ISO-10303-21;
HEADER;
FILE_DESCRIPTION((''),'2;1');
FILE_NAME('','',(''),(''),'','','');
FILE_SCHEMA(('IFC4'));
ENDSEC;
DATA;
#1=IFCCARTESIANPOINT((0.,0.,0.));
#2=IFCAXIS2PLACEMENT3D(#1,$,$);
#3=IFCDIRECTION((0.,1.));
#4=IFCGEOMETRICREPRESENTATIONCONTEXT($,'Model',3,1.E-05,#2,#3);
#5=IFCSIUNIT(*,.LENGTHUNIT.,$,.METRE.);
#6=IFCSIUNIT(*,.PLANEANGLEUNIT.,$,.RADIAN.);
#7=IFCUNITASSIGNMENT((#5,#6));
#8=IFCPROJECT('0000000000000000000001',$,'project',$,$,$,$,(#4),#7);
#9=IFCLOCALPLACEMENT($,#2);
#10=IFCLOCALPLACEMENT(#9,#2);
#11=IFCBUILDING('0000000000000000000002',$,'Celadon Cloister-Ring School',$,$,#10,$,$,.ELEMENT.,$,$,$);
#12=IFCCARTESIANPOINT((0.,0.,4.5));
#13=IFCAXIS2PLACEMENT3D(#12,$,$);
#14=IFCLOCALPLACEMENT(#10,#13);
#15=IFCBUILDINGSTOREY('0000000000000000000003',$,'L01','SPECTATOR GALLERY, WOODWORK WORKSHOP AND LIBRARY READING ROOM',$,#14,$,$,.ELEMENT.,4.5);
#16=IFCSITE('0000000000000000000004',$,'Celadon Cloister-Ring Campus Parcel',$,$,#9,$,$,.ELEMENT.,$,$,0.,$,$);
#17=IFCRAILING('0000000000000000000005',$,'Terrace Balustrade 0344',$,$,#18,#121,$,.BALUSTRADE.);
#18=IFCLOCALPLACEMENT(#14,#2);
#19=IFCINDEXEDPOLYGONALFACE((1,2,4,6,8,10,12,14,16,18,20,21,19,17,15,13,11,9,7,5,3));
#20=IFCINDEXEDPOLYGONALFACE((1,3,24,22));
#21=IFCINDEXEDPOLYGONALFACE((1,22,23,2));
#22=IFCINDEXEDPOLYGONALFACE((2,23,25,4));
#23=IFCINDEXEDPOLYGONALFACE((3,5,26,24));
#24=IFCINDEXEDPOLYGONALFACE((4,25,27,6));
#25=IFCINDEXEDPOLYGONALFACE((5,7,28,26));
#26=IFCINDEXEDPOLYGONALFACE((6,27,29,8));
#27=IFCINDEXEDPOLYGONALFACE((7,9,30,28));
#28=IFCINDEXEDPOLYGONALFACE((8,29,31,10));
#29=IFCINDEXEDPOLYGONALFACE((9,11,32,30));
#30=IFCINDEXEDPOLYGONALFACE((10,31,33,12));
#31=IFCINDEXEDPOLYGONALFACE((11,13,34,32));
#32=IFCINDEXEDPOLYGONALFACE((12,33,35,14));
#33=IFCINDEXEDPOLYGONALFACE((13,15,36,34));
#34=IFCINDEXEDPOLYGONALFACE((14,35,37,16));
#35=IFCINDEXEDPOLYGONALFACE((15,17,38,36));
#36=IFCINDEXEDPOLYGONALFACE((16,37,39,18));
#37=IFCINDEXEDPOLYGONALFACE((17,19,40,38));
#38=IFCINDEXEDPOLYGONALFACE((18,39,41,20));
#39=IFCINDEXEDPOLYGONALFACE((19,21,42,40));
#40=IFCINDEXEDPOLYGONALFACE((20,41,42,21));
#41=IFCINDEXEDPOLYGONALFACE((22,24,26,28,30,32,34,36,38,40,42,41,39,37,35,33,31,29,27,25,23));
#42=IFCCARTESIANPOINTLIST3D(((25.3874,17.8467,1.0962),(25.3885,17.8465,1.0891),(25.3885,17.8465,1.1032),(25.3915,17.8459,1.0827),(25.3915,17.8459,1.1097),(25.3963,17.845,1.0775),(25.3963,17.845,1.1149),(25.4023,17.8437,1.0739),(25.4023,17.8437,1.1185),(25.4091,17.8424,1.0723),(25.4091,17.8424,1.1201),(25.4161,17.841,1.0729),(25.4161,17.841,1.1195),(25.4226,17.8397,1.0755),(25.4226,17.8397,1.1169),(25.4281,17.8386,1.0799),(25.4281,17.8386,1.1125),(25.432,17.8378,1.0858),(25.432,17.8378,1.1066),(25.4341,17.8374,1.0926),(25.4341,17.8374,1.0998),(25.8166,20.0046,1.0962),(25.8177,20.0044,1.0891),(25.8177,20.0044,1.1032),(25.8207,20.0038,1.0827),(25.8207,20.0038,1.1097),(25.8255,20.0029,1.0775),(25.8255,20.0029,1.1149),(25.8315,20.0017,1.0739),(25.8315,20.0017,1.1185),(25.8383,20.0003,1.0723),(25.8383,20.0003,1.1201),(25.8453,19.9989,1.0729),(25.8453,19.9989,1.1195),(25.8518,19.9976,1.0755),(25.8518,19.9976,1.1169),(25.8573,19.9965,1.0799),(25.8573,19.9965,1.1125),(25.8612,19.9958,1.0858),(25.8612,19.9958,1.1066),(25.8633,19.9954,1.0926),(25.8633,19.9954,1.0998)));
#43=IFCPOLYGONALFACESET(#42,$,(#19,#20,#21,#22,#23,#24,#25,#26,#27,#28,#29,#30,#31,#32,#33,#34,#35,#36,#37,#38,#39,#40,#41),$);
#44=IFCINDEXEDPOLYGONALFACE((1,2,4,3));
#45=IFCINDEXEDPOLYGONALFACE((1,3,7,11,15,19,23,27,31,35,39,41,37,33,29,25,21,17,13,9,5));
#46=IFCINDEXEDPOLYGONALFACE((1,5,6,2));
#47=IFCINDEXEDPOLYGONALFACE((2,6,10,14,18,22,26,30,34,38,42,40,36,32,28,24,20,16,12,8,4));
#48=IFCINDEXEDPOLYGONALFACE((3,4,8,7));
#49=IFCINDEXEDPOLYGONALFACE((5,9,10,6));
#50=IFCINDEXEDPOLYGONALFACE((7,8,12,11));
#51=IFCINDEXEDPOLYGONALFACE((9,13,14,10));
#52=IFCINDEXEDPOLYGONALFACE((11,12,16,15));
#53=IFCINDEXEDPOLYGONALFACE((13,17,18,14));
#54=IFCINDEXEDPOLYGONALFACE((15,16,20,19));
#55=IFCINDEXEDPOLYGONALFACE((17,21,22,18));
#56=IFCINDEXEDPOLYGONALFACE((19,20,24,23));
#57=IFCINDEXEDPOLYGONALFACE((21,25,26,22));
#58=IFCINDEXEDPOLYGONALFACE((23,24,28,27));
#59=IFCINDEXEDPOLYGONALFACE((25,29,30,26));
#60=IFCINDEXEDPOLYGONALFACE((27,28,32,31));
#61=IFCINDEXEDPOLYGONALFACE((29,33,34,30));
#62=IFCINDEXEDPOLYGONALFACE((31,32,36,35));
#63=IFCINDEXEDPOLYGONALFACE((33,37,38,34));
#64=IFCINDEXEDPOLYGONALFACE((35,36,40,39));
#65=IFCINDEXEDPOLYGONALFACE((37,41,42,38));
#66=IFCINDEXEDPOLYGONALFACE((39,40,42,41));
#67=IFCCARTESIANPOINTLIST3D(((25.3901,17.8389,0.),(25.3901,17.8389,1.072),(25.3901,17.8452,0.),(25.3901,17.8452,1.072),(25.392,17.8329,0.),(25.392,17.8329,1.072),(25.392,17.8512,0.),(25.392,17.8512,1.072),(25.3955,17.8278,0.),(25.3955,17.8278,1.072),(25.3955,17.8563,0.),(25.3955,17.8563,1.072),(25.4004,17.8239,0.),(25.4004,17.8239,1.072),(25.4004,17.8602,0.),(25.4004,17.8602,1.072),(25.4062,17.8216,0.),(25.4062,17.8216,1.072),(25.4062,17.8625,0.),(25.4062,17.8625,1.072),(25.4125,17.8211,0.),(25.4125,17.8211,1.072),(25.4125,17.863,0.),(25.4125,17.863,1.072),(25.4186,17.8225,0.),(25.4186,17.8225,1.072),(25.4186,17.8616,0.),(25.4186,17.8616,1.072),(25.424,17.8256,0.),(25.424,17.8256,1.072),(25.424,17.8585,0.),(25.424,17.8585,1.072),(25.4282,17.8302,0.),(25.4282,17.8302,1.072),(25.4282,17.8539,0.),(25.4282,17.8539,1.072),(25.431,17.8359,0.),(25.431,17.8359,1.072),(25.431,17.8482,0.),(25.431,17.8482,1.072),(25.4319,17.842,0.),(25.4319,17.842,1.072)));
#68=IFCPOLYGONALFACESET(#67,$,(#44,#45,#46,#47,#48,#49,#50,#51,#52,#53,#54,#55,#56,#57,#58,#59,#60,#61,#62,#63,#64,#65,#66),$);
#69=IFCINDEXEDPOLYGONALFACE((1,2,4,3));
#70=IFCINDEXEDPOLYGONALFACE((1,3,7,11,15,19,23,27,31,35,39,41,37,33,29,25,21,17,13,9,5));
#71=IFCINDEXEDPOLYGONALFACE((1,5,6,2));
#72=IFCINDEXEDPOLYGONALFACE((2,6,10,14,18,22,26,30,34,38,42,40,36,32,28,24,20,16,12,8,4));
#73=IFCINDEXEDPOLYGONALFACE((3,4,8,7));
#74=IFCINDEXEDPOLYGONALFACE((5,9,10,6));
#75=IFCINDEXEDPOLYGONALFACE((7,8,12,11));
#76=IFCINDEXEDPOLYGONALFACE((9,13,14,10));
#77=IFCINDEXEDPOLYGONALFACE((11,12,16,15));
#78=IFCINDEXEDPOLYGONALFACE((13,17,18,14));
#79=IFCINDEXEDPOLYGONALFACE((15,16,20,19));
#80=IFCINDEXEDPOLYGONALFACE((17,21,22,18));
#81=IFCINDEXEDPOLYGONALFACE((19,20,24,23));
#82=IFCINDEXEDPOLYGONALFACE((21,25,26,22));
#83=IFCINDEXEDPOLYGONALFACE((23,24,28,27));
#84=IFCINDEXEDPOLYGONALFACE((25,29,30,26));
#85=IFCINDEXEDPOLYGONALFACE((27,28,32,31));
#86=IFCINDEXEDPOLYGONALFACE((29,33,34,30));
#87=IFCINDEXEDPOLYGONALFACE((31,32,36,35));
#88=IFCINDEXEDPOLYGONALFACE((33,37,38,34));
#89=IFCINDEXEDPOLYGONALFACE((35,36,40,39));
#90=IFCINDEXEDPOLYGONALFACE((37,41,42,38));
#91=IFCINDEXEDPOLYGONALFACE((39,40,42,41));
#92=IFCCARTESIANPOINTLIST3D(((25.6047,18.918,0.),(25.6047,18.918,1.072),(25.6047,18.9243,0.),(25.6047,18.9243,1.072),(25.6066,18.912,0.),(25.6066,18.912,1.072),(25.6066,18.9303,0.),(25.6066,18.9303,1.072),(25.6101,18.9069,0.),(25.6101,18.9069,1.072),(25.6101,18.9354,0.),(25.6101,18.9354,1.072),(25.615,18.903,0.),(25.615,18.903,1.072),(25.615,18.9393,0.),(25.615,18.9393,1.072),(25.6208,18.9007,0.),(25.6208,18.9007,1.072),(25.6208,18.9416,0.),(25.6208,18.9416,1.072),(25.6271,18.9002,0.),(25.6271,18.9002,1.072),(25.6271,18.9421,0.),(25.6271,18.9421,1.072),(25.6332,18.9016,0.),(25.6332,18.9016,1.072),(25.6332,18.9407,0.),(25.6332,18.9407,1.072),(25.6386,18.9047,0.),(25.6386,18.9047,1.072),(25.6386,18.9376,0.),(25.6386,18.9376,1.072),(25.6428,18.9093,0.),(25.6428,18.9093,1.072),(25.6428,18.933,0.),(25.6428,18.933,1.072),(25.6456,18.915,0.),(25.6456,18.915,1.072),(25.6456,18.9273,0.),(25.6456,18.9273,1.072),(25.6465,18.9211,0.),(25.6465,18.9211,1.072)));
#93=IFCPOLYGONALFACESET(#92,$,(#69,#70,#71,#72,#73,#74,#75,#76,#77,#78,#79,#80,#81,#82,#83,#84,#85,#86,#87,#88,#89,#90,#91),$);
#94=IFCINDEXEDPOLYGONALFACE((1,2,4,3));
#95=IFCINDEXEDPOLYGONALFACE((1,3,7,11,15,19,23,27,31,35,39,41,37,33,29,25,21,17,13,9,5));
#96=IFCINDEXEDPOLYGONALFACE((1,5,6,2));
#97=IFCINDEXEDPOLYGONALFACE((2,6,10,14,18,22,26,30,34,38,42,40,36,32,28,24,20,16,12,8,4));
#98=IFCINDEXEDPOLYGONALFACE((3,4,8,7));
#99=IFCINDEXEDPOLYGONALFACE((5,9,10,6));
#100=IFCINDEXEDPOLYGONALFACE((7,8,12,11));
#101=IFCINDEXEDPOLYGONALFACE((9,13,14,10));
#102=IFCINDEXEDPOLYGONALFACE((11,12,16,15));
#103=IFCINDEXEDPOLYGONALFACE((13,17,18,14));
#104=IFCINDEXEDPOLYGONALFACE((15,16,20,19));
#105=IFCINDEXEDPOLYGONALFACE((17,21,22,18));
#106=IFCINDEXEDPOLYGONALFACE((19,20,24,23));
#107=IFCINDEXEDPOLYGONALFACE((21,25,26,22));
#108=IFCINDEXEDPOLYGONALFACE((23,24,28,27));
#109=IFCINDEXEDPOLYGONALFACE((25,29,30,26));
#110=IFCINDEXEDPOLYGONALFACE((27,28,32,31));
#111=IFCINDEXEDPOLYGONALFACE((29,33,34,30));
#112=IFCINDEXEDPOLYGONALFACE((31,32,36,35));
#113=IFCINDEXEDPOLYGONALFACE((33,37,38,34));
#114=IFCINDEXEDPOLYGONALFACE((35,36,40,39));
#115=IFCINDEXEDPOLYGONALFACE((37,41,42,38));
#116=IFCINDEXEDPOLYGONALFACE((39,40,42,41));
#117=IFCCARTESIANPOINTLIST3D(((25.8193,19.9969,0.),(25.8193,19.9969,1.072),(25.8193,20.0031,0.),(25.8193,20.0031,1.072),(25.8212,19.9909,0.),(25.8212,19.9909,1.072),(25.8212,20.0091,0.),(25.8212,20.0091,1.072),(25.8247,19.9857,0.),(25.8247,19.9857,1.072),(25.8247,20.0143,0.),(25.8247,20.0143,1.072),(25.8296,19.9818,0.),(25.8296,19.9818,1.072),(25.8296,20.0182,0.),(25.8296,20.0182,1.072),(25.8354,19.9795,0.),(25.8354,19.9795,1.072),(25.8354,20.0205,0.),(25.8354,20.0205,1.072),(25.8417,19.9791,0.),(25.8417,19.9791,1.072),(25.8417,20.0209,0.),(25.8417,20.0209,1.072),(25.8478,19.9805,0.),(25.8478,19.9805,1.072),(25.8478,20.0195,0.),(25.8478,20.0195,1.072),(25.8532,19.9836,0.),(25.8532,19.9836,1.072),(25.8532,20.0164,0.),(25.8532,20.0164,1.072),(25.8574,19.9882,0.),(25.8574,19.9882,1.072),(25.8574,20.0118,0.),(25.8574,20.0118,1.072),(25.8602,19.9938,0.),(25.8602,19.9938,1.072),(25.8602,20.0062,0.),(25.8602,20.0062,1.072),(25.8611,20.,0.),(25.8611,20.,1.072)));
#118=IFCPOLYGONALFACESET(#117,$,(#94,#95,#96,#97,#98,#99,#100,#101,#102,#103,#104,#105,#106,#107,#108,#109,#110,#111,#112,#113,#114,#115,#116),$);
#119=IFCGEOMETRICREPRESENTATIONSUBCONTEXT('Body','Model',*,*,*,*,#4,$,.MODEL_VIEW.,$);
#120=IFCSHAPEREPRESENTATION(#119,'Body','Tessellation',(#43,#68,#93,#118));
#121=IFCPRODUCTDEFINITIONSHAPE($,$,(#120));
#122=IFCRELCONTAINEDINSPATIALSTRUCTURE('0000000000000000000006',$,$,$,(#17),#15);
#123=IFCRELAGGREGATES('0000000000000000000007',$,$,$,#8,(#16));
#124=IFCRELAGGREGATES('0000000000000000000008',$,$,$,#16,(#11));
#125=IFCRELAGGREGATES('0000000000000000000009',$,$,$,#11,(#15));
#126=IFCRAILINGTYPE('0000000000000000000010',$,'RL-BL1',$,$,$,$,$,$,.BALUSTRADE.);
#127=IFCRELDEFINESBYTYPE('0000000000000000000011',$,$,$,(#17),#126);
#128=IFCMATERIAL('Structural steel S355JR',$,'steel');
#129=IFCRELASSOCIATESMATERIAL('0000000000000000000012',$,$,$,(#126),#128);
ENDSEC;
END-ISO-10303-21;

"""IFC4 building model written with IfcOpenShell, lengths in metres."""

from ifc_helpers import new_model, si_unit, direction, frame, origin, origin_2d, place, context, subcontext, project, spatial, circle, extrude, material, type_object, element, save


model = new_model("IFC4")

# Units and contexts
model_context = context("Model", 3, precision=1e-05, world=origin(), true_north=direction((0.0, 1.0)))
body_context = subcontext(model_context, "Body", "Model", "MODEL_VIEW")
ifc_project = project(units=[si_unit("LENGTHUNIT", "METRE"), si_unit("PLANEANGLEUNIT", "RADIAN")], contexts=[model_context])

# Site, building, storey
site_placement = place(None, origin())
site = spatial("IfcSite", under=ifc_project, at=site_placement, Name="Celadon Cloister-Ring Campus Parcel", CompositionType="ELEMENT", RefElevation=0.0)
building_placement = place(site_placement, origin())
building = spatial("IfcBuilding", under=site, at=building_placement, Name="Celadon Cloister-Ring School", CompositionType="ELEMENT")
storey_placement = place(building_placement, frame((0.0, 0.0, 4.5)))
storey = spatial("IfcBuildingStorey", under=building, at=storey_placement, Name="L01", Description="SPECTATOR GALLERY, WOODWORK WORKSHOP AND LIBRARY READING ROOM", CompositionType="ELEMENT", Elevation=4.5)

# Railing
ifc_material_1 = material(Name="Structural steel S355JR", Category="steel")
railing_type_1 = type_object("IfcRailingType", Name="RL-BL1", PredefinedType="BALUSTRADE", material=ifc_material_1)
railing_1_placement = place(storey_placement, frame((25.4109, 17.842, 0.0)))
element("IfcRailing", 1, at=railing_1_placement, inside=storey, type_object=railing_type_1, Name="Terrace Balustrade 0344", PredefinedType="BALUSTRADE", context=body_context, shape_type="SweptSolid", body=[
    extrude(circle(Radius=0.0239, at=origin_2d()), frame((0.0, 0.0, 1.0962), z_axis=(0.19507, 0.980789, 0.0), x_axis=(-0.980789, 0.19507, 0.0)), (0.0, 0.0, 1.0), 2.2002),
    extrude(circle(Radius=0.021, at=origin_2d()), origin(), (0.0, 0.0, 1.0), 1.072),
    extrude(circle(Radius=0.021, at=origin_2d()), frame((0.2146, 1.0791, 0.0)), (0.0, 0.0, 1.0), 1.072),
    extrude(circle(Radius=0.021, at=origin_2d()), frame((0.4292, 2.158, 0.0)), (0.0, 0.0, 1.0), 1.072),
])

save(model, "model.ifc")
